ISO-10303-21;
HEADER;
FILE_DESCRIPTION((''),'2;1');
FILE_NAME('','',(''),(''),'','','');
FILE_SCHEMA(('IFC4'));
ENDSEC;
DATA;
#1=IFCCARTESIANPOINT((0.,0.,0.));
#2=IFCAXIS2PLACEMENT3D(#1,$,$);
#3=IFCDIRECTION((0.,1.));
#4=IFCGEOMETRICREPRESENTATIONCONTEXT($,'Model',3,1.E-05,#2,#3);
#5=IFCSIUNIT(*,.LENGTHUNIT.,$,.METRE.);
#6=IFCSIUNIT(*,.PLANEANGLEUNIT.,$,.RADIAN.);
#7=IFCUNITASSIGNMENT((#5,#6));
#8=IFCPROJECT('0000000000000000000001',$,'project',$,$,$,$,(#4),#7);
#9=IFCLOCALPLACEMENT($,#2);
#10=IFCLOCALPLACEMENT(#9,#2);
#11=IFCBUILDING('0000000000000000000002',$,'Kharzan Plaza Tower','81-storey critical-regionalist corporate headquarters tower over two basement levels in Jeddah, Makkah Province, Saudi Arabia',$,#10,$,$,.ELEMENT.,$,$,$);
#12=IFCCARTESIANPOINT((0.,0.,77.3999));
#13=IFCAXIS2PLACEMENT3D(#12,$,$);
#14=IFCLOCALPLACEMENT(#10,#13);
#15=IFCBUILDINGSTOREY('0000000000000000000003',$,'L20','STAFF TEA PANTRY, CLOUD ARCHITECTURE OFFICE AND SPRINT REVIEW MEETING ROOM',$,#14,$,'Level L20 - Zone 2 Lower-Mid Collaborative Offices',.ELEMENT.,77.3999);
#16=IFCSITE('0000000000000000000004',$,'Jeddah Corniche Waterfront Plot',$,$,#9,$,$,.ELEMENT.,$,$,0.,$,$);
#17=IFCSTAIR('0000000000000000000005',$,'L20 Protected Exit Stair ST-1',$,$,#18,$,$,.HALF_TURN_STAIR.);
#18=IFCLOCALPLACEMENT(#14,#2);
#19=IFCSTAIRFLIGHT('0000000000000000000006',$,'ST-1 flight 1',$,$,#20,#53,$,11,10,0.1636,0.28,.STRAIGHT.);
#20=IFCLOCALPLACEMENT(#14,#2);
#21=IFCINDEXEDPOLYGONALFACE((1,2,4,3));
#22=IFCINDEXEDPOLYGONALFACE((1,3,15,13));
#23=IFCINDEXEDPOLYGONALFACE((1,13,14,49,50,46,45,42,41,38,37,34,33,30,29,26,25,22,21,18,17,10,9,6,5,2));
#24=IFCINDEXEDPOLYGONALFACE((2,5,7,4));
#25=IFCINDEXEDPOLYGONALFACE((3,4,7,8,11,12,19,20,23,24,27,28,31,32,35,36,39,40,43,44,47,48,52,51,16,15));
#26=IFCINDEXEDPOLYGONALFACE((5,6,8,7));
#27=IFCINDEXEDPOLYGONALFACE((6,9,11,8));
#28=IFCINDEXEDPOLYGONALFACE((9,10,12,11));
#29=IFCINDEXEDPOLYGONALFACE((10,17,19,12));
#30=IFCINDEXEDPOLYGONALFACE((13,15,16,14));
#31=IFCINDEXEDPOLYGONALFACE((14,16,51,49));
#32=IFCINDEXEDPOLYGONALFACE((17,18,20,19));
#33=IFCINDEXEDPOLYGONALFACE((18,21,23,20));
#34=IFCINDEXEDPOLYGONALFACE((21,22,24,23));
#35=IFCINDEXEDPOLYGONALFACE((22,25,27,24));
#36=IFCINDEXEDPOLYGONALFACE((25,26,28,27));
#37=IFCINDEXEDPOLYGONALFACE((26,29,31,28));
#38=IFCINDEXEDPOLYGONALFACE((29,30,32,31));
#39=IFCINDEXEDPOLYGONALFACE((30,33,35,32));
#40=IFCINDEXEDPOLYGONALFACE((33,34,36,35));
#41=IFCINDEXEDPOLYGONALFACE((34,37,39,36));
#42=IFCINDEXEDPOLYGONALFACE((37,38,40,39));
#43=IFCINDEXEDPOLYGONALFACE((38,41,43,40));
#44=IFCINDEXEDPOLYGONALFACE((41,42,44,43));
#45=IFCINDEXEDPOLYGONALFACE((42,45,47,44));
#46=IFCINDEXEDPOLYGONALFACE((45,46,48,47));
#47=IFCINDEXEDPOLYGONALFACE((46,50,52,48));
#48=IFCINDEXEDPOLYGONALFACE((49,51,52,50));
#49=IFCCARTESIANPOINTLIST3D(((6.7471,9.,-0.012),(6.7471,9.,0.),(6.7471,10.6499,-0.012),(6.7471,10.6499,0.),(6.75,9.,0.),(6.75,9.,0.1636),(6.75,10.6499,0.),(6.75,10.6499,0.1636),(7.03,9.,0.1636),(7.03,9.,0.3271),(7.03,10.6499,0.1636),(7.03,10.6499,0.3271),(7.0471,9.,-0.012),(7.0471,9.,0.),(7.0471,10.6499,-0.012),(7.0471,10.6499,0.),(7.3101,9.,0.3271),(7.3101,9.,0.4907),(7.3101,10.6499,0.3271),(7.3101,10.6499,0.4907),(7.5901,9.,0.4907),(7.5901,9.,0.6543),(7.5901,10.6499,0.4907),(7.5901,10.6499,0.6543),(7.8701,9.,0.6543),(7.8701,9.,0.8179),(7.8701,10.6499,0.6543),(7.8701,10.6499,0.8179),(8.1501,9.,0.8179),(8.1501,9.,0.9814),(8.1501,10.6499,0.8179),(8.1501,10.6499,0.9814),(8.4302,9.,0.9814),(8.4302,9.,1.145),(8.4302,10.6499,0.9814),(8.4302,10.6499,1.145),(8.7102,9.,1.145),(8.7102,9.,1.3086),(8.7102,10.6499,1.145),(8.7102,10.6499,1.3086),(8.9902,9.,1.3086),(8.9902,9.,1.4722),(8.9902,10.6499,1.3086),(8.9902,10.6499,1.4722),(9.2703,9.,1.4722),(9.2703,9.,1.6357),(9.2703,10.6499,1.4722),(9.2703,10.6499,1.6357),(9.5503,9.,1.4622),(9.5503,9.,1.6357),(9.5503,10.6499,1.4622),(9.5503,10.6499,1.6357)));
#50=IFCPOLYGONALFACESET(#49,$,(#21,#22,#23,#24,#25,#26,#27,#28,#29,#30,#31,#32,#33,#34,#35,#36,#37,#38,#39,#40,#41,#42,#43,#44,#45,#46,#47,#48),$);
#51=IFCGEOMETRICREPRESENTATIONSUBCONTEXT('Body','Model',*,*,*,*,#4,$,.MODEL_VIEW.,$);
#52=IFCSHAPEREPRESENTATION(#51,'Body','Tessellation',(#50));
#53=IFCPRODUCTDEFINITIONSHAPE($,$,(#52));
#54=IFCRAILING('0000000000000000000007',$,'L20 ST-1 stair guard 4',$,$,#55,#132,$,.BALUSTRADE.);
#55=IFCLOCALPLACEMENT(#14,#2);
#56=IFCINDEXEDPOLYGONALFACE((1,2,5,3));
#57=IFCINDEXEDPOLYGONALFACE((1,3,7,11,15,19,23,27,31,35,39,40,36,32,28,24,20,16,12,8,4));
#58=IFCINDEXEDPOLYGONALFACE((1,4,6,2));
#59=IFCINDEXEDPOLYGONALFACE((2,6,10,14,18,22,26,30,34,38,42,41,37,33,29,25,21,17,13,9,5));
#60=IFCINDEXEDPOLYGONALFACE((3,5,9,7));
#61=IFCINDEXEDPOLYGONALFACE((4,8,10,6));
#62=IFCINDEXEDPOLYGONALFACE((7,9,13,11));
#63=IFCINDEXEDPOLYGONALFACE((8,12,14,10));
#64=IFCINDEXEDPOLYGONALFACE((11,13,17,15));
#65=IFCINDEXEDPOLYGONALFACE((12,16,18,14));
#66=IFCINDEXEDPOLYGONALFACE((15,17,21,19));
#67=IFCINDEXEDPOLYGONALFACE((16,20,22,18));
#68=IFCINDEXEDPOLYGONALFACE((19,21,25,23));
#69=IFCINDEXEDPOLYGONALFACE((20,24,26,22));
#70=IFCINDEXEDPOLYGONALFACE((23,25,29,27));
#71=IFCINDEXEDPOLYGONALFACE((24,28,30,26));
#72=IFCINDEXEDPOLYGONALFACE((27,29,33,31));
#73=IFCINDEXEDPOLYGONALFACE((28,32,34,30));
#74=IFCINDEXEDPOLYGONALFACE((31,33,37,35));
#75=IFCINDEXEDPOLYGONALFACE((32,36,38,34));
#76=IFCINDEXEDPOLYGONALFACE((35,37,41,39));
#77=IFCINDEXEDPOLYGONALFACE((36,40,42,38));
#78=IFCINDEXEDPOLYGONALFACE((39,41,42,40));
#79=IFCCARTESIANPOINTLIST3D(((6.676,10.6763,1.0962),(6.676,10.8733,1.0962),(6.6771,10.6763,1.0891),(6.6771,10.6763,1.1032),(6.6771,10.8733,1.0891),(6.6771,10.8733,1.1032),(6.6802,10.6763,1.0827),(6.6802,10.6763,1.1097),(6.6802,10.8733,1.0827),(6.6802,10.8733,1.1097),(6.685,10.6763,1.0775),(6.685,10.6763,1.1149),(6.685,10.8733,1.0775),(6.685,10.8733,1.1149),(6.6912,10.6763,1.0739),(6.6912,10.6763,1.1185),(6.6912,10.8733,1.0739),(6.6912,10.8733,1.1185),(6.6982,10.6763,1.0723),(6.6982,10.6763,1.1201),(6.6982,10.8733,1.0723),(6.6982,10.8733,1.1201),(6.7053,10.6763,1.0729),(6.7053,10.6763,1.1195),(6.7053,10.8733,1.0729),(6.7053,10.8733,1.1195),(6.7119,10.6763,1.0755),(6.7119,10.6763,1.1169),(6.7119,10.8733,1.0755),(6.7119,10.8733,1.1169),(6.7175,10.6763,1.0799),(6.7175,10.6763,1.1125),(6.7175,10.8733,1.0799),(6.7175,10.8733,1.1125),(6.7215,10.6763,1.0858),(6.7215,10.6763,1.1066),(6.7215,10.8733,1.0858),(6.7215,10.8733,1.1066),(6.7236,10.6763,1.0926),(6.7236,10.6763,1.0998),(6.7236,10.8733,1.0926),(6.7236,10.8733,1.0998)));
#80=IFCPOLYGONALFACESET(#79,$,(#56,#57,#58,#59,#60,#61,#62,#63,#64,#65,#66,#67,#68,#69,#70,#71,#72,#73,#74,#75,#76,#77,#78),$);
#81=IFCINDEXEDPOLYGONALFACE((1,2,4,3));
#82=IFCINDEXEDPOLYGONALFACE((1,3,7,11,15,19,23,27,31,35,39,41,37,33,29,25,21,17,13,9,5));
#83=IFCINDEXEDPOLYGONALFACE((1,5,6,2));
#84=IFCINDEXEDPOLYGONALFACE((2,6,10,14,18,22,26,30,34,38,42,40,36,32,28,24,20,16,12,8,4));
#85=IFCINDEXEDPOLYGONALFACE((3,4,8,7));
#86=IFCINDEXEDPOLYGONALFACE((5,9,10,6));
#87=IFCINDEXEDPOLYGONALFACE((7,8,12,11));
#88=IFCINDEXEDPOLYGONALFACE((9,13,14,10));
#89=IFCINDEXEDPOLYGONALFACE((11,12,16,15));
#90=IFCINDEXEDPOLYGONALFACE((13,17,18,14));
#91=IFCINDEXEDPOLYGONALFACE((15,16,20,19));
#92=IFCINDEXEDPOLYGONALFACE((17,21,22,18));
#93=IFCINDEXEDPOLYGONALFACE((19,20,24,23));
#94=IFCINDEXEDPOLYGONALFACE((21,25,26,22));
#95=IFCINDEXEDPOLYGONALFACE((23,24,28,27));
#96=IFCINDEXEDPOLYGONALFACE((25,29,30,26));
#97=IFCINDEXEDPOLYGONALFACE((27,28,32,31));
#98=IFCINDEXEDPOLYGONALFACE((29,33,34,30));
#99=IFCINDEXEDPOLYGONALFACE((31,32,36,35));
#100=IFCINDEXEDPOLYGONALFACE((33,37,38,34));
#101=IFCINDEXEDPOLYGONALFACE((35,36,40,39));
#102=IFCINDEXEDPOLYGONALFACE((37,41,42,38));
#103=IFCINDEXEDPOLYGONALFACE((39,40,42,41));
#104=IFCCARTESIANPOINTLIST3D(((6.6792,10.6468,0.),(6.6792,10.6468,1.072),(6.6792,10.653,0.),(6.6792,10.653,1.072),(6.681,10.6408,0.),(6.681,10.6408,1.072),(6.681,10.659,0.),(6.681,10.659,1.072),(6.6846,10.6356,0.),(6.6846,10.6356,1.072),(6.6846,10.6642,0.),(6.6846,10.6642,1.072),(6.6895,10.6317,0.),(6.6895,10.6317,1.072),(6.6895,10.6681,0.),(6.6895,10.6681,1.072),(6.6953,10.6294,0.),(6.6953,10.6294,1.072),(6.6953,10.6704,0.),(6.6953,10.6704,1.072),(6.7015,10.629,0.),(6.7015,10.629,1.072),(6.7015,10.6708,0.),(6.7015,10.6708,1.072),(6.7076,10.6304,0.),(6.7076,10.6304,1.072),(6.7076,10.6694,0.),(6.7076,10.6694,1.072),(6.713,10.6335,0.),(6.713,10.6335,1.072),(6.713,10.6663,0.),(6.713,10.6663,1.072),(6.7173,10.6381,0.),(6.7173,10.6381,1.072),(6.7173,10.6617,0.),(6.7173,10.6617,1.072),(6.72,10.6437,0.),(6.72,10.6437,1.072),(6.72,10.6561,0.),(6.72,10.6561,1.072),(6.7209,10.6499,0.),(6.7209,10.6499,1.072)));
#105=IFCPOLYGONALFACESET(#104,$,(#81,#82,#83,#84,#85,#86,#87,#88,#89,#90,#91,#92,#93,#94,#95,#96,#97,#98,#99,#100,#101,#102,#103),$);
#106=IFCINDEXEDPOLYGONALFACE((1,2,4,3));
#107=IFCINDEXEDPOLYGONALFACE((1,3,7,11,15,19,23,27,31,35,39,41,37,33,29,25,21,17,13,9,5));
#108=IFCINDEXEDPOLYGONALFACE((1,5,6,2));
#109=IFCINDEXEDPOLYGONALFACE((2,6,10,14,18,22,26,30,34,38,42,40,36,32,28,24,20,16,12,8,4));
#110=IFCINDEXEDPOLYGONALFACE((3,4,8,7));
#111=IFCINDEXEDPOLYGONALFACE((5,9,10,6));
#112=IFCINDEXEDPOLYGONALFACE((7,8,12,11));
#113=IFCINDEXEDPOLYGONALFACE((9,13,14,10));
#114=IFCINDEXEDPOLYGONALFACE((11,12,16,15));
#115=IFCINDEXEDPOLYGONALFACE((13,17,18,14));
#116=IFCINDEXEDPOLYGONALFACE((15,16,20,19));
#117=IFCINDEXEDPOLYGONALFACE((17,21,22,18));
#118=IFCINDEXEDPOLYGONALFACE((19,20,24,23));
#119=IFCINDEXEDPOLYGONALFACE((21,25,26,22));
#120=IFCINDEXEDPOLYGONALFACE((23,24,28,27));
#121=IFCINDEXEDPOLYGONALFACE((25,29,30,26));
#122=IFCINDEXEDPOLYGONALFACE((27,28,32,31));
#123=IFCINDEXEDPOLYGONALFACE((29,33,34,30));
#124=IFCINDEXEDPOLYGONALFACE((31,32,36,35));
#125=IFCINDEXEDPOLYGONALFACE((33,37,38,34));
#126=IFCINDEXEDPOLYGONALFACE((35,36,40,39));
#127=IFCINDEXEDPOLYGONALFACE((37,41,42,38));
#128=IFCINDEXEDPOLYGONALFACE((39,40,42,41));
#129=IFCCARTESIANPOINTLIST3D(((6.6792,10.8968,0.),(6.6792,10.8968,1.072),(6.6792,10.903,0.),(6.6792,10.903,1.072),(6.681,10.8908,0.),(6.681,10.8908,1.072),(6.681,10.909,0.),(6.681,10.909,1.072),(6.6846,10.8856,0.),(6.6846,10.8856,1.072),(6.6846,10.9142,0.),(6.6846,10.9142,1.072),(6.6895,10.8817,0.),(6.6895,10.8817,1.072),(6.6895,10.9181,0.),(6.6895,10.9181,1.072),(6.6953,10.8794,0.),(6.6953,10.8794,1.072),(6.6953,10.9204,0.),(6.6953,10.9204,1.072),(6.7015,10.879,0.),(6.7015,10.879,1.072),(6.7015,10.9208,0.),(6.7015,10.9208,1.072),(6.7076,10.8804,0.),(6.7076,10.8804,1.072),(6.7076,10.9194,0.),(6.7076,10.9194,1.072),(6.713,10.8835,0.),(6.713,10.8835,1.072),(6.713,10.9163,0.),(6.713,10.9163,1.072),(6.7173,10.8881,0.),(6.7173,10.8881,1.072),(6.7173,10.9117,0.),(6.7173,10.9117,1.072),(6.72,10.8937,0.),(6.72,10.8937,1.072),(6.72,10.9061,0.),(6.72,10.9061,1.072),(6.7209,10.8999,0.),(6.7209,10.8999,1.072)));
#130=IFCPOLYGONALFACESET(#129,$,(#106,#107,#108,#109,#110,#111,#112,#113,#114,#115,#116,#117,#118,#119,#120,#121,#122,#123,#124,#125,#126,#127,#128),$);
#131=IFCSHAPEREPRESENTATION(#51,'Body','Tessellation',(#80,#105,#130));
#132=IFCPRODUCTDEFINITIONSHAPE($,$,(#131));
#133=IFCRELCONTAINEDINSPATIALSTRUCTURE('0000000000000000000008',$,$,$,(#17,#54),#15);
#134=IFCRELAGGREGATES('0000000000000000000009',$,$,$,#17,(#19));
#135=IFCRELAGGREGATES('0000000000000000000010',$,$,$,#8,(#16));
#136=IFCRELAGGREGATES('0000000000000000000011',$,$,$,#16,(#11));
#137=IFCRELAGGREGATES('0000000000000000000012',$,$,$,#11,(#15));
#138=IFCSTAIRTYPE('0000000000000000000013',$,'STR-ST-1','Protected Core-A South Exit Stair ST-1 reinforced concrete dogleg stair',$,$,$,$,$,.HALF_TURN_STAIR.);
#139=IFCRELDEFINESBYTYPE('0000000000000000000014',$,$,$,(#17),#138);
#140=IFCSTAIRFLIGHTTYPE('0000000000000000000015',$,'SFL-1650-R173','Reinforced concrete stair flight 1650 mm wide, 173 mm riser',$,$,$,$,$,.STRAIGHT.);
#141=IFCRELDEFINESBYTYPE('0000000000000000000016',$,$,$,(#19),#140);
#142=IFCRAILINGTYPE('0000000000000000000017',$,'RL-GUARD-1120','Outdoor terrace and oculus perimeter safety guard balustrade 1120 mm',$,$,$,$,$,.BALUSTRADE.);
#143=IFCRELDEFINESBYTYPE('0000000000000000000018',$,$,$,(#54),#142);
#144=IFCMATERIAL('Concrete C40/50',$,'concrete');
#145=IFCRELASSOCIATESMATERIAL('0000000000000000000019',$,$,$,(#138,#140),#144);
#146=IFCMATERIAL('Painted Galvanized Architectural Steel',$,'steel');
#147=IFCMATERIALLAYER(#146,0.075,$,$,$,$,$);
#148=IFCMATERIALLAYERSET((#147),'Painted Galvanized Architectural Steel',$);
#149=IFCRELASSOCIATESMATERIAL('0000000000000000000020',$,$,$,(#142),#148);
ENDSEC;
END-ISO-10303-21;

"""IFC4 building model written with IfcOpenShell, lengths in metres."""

from ifc_helpers import new_model, si_unit, direction, frame, origin, origin_2d, place, context, subcontext, project, spatial, polyline, circle, outline, extrude, source, transform, mapped, material, layer, layer_set, type_object, element, aggregate, save


model = new_model("IFC4")

# Units and contexts
model_context = context("Model", 3, precision=1e-05, world=origin(), true_north=direction((0.0, 1.0)))
body_context = subcontext(model_context, "Body", "Model", "MODEL_VIEW")
ifc_project = project(units=[si_unit("LENGTHUNIT", "METRE"), si_unit("PLANEANGLEUNIT", "RADIAN")], contexts=[model_context])

# Site, building, storey
site_placement = place(None, origin())
site = spatial("IfcSite", under=ifc_project, at=site_placement, Name="Jeddah Corniche Waterfront Plot", CompositionType="ELEMENT", RefElevation=0.0)
building_placement = place(site_placement, origin())
building = spatial("IfcBuilding", under=site, at=building_placement, Name="Kharzan Plaza Tower", Description="81-storey critical-regionalist corporate headquarters tower over two basement levels in Jeddah, Makkah Province, Saudi Arabia", CompositionType="ELEMENT")
storey_placement = place(building_placement, frame((0.0, 0.0, 77.3999)))
storey = spatial("IfcBuildingStorey", under=building, at=storey_placement, Name="L20", Description="STAFF TEA PANTRY, CLOUD ARCHITECTURE OFFICE AND SPRINT REVIEW MEETING ROOM", LongName="Level L20 - Zone 2 Lower-Mid Collaborative Offices", CompositionType="ELEMENT", Elevation=77.3999)

# Shared definitions
ifc_material_1 = material(Name="Concrete C40/50", Category="concrete")

# Stair, stair flight
stair_type = type_object("IfcStairType", Name="STR-ST-1", Description="Protected Core-A South Exit Stair ST-1 reinforced concrete dogleg stair", PredefinedType="HALF_TURN_STAIR", material=ifc_material_1)
stair_placement = place(storey_placement, origin())
stair = element("IfcStair", 1, at=stair_placement, inside=storey, type_object=stair_type, Name="L20 Protected Exit Stair ST-1", PredefinedType="HALF_TURN_STAIR")
stair_flight_type = type_object("IfcStairFlightType", Name="SFL-1650-R173", Description="Reinforced concrete stair flight 1650 mm wide, 173 mm riser", PredefinedType="STRAIGHT", material=ifc_material_1)
shared_shape_1 = source(origin(), body_context, "Body", "SweptSolid", [
    extrude(outline(polyline([(-0.0029, -0.012), (-0.0029, 0.0), (0.0, 0.0), (0.0, 0.1636), (0.28, 0.1636), (0.28, 0.3271), (0.5601, 0.3271), (0.5601, 0.4907), (0.8401, 0.4907), (0.8401, 0.6543), (1.1201, 0.6543), (1.1201, 0.8179), (1.4001, 0.8179), (1.4001, 0.9814), (1.6802, 0.9814), (1.6802, 1.145), (1.9602, 1.145), (1.9602, 1.3086), (2.2402, 1.3086), (2.2402, 1.4722), (2.5203, 1.4722), (2.5203, 1.6357), (2.8003, 1.6357), (2.8003, 1.7993), (2.8003, 1.4622), (0.2971, 0.0), (0.2971, -0.012), (-0.0029, -0.012)])), frame((0.0, 0.825, 0.0), z_axis=(0.0, -1.0, 0.0), x_axis=(1.0, 0.0, 0.0)), (0.0, 0.0, 1.0), 1.6499),
])
stair_flight_placement = place(storey_placement, frame((6.75, 9.825, 0.0), z_axis=(0.0, 0.0, 1.0), x_axis=(1.0, 0.0, 0.0)))
stair_flight = element("IfcStairFlight", 2, at=stair_flight_placement, type_object=stair_flight_type, Name="ST-1 flight 1", NumberOfRisers=11, NumberOfTreads=10, PredefinedType="STRAIGHT", RiserHeight=0.1636, TreadLength=0.28, context=body_context, shape_type="MappedRepresentation", body=[
    mapped(shared_shape_1, transform((0.0, 0.0, 0.0), x_axis=(1.0, 0.0, 0.0), y_axis=(0.0, 1.0, 0.0), z_axis=(0.0, 0.0, 1.0))),
])
aggregate(stair, [stair_flight])

# Railing
ifc_material_2 = material(Name="Painted Galvanized Architectural Steel", Category="steel")
ifc_layer_1 = layer(ifc_material_2, 0.075)
ifc_layer_set_1 = layer_set([ifc_layer_1], Name="Painted Galvanized Architectural Steel")
railing_type_1 = type_object("IfcRailingType", Name="RL-GUARD-1120", Description="Outdoor terrace and oculus perimeter safety guard balustrade 1120 mm", PredefinedType="BALUSTRADE", material=ifc_layer_set_1)
shared_shape_2 = source(origin(), body_context, "Body", "SweptSolid", [
    extrude(circle(Radius=0.0239, at=origin_2d()), frame((0.0, 0.0264, 1.0962), z_axis=(0.0, 1.0, 0.0), x_axis=(-1.0, 0.0, 0.0)), (0.0, 0.0, 1.0), 0.197),
    extrude(circle(Radius=0.021, at=origin_2d()), origin(), (0.0, 0.0, 1.0), 1.072),
    extrude(circle(Radius=0.021, at=origin_2d()), frame((0.0, 0.25, 0.0)), (0.0, 0.0, 1.0), 1.072),
])
railing_1_placement = place(storey_placement, frame((6.7, 10.6499, 0.0)))
element("IfcRailing", 3, at=railing_1_placement, inside=storey, type_object=railing_type_1, Name="L20 ST-1 stair guard 4", PredefinedType="BALUSTRADE", context=body_context, shape_type="MappedRepresentation", body=[
    mapped(shared_shape_2, transform((0.0, 0.0, 0.0), x_axis=(1.0, 0.0, 0.0), y_axis=(0.0, 1.0, 0.0), z_axis=(0.0, 0.0, 1.0))),
])

save(model, "model.ifc")
